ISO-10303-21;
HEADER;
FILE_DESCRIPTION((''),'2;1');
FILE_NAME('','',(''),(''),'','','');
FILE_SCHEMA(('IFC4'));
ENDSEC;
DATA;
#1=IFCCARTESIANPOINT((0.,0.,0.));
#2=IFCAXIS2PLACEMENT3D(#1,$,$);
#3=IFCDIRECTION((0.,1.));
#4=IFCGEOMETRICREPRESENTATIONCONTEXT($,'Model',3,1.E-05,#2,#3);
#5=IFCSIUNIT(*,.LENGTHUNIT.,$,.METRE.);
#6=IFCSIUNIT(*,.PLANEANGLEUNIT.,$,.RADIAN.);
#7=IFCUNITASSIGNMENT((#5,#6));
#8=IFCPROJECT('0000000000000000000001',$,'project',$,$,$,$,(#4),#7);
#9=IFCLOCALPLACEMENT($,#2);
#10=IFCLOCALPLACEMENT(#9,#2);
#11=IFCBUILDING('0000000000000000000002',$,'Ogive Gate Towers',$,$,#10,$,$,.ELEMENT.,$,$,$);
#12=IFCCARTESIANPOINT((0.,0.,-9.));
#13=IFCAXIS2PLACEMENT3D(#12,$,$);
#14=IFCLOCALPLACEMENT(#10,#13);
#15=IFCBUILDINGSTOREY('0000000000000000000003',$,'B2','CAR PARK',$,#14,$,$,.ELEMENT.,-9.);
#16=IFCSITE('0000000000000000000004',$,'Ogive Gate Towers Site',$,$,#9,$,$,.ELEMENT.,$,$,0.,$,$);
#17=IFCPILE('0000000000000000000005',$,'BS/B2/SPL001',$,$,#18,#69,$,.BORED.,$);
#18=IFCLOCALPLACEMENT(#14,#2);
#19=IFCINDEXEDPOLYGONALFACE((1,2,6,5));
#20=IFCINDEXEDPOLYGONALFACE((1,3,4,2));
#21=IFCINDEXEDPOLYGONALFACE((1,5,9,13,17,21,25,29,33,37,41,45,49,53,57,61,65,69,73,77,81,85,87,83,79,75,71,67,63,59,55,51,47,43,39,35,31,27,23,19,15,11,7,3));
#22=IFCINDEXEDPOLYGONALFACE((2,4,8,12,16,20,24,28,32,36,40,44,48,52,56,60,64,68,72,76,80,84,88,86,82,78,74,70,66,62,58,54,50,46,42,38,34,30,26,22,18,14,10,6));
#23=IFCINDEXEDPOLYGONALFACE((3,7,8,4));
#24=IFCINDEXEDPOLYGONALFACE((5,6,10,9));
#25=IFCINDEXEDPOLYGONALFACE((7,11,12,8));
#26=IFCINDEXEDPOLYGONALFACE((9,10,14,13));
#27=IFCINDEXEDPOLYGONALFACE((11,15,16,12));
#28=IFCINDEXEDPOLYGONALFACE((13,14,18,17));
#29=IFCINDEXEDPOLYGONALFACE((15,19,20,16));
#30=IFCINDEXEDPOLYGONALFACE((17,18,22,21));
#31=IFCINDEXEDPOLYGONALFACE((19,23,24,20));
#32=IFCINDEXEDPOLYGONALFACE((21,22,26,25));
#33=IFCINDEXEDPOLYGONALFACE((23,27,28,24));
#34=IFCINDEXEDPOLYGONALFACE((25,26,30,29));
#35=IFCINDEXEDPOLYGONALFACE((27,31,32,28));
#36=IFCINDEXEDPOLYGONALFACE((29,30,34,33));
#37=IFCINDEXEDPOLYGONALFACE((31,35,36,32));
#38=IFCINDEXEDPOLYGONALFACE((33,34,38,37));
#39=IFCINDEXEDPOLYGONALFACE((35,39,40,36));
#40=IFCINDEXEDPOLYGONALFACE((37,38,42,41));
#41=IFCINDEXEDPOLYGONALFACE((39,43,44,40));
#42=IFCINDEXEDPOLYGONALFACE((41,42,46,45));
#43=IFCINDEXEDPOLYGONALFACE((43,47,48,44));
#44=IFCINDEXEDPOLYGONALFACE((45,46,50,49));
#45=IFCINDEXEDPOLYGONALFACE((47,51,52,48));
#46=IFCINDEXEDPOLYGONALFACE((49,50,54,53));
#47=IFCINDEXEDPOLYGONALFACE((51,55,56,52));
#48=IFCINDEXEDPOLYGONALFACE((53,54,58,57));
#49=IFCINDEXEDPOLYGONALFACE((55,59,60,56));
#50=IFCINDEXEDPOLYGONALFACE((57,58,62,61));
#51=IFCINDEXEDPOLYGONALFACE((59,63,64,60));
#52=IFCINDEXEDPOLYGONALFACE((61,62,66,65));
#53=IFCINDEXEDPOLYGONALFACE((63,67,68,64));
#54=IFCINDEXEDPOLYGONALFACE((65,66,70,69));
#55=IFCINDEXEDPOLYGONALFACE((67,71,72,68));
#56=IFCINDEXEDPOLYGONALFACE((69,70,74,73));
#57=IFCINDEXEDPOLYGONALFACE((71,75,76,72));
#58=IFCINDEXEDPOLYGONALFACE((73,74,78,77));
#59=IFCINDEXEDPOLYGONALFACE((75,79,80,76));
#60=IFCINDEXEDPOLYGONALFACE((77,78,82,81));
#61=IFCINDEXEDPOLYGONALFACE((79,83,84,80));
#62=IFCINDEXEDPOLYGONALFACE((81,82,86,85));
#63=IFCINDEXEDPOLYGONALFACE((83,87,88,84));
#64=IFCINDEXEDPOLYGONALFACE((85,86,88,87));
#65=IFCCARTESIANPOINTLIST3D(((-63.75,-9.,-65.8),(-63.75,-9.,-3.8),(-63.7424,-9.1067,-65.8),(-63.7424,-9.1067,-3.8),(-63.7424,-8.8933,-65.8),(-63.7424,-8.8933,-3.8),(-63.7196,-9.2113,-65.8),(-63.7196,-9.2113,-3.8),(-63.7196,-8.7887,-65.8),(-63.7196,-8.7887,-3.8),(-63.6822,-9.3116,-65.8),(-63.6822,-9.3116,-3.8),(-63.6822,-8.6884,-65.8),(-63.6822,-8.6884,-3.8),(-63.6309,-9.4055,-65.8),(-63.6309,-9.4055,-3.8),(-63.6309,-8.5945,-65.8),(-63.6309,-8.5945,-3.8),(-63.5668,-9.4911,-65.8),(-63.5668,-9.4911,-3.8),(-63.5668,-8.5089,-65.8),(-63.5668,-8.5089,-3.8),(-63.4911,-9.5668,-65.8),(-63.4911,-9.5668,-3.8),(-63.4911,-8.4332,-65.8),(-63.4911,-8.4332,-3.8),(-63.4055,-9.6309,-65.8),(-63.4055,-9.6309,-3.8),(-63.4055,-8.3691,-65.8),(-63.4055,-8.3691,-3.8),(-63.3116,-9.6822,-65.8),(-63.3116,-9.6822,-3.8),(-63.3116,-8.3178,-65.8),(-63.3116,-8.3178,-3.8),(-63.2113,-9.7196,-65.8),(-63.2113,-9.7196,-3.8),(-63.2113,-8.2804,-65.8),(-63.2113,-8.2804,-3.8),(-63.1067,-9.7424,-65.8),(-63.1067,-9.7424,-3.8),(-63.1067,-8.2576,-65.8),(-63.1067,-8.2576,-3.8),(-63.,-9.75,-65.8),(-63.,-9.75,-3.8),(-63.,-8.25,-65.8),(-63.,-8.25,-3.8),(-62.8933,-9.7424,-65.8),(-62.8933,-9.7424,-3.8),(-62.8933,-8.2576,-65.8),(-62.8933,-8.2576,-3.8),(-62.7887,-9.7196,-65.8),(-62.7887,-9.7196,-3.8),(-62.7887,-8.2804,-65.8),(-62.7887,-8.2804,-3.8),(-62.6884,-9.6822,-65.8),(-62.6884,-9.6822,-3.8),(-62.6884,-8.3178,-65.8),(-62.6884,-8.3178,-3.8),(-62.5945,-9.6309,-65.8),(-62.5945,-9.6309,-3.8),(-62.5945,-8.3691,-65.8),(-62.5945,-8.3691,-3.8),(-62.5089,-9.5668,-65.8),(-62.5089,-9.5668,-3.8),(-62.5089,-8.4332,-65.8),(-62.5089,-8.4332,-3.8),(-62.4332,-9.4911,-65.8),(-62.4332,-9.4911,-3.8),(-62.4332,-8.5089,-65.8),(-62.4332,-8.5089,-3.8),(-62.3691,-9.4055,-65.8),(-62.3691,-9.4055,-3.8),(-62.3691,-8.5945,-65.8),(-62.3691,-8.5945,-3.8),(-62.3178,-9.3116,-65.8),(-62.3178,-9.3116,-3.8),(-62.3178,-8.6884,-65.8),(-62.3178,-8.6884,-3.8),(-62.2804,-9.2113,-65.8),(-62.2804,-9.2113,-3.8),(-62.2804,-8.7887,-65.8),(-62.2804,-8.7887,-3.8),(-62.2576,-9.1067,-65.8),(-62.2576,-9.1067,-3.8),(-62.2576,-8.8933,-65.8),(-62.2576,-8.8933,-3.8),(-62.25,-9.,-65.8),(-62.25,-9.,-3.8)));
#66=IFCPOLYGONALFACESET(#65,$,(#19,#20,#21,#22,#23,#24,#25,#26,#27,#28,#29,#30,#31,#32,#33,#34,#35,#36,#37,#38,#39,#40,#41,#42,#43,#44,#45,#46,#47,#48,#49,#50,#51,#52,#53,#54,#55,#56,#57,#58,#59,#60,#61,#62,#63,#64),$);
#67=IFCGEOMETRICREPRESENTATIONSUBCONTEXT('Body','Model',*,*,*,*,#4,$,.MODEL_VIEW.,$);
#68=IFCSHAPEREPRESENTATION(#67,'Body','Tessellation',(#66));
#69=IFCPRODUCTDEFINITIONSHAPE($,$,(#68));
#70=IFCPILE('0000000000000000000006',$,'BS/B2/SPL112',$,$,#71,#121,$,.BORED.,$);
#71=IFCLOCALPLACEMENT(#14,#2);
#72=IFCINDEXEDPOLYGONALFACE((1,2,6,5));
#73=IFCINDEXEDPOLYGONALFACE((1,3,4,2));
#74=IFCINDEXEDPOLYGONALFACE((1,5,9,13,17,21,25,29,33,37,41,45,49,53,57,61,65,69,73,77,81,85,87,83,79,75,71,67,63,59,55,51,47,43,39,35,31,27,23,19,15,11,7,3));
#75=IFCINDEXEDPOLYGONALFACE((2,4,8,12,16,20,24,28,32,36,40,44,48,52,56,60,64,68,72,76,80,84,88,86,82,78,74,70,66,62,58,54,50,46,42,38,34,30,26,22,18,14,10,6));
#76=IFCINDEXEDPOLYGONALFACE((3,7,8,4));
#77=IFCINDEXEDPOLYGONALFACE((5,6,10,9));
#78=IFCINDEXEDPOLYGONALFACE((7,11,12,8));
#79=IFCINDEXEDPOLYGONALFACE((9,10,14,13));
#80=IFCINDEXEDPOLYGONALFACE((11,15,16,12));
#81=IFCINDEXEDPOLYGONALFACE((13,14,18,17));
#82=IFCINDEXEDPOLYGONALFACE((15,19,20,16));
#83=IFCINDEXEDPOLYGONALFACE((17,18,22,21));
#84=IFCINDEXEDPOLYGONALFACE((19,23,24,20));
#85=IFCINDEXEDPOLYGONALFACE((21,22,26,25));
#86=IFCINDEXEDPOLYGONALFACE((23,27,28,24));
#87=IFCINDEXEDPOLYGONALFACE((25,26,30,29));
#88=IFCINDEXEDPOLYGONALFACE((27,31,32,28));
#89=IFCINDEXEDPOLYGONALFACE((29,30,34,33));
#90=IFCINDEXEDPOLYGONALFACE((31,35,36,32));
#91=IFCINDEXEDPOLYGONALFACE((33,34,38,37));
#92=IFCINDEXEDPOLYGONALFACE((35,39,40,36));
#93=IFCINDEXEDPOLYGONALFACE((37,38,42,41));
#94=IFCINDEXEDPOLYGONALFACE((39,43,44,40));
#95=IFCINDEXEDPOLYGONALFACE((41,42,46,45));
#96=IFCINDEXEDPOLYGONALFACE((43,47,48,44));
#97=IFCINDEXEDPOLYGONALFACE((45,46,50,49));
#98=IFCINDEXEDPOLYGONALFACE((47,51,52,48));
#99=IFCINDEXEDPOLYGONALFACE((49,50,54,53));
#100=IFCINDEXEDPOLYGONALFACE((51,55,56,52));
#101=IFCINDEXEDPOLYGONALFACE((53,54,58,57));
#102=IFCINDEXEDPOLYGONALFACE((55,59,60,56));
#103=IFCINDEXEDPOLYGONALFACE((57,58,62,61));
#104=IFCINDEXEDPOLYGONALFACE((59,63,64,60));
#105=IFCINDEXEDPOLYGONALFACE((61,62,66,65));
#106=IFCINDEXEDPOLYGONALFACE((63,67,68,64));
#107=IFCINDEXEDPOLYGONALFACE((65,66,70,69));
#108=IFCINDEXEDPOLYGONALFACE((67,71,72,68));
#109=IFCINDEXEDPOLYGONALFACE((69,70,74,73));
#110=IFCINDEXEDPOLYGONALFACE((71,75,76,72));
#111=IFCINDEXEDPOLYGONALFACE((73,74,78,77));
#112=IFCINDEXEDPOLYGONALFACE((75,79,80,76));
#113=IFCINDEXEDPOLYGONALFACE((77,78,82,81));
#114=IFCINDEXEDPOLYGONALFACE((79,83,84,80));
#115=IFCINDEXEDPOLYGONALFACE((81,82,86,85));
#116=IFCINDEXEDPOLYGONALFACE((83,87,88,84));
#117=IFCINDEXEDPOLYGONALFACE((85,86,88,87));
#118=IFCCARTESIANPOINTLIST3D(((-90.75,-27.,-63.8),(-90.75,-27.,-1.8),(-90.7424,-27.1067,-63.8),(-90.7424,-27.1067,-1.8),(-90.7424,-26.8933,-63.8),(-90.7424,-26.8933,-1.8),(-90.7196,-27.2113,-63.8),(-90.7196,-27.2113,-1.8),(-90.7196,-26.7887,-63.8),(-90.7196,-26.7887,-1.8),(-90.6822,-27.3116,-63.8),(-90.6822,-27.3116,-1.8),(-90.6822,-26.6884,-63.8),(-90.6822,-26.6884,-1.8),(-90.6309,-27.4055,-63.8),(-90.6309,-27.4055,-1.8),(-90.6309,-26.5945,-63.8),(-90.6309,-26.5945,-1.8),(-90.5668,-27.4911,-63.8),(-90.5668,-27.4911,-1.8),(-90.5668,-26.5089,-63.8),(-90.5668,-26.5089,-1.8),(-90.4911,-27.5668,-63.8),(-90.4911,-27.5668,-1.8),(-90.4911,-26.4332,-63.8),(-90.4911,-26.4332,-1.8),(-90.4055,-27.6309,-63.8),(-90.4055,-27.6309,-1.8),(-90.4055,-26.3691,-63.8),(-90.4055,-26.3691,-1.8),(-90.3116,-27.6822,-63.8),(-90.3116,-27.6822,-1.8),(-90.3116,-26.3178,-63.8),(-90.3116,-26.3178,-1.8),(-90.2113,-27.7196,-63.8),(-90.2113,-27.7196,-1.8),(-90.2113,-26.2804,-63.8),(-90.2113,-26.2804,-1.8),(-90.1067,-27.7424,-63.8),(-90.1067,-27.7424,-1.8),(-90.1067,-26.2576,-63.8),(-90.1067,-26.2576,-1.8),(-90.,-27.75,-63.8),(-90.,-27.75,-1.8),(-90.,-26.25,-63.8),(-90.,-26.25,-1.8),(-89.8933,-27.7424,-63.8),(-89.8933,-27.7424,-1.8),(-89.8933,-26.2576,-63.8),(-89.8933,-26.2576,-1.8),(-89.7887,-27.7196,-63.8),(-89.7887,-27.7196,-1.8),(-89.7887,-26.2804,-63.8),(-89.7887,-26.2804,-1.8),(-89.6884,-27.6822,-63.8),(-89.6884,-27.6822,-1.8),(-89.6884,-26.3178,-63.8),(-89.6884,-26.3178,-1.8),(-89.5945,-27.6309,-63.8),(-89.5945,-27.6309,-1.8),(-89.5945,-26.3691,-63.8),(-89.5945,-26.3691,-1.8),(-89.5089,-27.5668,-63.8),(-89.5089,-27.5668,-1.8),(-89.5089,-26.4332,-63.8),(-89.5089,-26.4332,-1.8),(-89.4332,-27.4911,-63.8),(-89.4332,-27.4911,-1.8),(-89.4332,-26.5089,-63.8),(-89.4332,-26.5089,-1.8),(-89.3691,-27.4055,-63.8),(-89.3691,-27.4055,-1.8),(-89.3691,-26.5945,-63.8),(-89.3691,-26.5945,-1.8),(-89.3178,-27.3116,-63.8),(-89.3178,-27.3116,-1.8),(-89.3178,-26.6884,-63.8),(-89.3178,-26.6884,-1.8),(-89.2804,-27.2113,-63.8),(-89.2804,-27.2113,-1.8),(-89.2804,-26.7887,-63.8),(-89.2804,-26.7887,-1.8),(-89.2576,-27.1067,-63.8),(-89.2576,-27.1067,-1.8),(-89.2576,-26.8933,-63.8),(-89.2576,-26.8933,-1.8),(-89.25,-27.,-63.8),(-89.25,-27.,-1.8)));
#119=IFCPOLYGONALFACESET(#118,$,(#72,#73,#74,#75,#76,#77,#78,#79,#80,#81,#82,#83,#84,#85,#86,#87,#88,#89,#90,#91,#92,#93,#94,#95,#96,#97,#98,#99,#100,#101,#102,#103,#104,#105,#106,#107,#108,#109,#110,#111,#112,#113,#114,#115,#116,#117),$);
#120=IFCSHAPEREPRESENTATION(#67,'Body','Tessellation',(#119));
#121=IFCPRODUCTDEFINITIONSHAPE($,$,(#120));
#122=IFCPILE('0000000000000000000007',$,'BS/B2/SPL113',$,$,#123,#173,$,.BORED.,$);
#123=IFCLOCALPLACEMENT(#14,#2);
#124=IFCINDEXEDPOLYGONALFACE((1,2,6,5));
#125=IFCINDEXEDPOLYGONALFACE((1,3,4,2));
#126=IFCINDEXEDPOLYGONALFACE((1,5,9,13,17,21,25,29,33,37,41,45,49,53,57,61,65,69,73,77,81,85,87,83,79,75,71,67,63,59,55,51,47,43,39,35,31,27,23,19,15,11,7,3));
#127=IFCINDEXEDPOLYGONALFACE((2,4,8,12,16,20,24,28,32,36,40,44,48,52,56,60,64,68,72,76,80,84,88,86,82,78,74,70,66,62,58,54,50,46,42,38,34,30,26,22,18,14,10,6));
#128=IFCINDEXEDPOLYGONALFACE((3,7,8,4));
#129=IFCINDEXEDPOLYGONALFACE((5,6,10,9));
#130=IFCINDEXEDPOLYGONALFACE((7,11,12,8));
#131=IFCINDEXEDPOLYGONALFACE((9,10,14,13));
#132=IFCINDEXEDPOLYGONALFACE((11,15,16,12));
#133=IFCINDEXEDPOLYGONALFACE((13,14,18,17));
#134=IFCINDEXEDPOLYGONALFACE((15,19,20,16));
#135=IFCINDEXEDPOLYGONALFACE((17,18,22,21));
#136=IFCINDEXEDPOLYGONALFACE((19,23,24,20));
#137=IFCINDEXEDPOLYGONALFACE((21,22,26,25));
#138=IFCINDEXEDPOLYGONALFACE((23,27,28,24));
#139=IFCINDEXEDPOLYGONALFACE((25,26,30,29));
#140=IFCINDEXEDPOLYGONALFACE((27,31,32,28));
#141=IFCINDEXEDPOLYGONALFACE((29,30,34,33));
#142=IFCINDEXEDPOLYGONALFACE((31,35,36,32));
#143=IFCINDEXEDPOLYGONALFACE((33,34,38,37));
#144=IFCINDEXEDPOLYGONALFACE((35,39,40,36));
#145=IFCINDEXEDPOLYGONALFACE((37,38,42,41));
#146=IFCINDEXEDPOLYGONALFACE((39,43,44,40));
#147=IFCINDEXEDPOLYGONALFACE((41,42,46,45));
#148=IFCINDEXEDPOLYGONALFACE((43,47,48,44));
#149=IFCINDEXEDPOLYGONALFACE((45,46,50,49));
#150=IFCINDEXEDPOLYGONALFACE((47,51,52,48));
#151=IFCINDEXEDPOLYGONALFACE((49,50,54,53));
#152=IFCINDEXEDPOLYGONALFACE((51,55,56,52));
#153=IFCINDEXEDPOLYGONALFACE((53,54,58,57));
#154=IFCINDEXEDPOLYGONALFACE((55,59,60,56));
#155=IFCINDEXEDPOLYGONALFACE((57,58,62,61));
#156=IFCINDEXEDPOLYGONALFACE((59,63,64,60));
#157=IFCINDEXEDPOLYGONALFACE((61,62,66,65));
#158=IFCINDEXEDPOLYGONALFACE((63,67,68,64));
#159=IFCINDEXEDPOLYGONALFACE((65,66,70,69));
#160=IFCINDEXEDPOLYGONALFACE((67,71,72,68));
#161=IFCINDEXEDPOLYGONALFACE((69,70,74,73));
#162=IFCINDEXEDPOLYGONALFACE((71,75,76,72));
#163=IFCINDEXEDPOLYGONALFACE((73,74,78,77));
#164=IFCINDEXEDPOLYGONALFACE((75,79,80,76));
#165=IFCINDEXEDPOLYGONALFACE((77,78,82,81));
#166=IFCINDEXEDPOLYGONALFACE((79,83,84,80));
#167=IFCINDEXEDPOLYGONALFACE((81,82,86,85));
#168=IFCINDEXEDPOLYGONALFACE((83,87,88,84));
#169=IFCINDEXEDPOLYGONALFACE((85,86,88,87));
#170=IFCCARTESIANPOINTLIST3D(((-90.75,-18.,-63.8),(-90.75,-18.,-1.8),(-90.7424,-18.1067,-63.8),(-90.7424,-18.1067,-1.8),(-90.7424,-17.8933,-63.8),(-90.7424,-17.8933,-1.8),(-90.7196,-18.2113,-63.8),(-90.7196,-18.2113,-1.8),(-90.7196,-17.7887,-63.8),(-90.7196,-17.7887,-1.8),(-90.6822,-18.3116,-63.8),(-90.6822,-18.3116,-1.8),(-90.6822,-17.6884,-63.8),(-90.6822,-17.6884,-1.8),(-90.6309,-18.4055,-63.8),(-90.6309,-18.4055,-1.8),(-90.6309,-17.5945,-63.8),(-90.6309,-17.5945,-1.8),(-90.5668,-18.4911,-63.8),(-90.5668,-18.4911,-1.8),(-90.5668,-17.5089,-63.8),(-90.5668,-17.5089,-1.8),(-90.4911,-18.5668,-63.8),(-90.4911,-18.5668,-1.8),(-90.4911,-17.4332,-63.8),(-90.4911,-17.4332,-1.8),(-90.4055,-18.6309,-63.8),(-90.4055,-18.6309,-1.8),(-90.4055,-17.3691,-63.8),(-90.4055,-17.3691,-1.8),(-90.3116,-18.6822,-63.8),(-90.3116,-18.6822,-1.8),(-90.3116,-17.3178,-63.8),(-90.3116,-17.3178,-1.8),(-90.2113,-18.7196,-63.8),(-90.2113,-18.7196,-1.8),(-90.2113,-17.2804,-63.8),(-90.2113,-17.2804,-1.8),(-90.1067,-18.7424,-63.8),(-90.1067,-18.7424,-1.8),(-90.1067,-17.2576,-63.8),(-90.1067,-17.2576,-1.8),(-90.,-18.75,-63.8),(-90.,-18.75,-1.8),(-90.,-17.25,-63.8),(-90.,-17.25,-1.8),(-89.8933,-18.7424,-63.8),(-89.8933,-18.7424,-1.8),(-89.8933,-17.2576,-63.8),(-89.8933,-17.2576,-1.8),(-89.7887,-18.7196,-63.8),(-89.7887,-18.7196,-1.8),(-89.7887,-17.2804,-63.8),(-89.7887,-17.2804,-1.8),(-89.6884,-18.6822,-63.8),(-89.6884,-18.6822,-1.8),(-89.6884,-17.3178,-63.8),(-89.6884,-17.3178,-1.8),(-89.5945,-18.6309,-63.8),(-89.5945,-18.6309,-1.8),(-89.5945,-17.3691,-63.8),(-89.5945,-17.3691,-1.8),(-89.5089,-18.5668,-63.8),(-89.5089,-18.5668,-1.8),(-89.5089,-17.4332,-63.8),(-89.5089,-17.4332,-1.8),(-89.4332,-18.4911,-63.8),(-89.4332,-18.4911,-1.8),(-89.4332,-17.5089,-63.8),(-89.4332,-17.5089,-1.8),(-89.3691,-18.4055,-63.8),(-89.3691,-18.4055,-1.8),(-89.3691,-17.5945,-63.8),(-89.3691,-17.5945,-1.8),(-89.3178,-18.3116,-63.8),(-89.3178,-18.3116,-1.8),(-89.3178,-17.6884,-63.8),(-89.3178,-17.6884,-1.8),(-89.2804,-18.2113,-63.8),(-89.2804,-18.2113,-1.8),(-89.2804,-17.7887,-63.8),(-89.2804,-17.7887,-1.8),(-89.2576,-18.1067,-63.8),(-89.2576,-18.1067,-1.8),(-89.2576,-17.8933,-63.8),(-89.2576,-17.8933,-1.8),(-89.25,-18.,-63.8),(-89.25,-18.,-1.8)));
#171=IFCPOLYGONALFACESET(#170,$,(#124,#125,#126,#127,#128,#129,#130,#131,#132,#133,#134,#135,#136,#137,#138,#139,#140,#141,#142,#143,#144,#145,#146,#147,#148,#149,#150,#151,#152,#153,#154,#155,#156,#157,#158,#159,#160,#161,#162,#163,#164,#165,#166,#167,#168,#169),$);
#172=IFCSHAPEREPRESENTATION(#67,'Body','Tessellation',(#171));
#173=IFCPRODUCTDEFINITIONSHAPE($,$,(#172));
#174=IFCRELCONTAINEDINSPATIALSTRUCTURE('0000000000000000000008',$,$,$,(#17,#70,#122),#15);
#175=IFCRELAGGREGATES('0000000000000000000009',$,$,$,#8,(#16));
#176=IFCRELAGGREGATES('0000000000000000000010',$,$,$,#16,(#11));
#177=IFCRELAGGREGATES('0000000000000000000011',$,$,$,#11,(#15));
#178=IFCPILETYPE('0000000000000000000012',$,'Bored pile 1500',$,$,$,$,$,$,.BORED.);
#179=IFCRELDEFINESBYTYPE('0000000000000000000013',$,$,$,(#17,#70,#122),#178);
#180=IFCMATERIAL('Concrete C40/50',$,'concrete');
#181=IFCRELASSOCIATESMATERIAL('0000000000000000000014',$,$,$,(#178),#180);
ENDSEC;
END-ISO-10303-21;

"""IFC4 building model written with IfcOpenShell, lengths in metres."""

from ifc_helpers import new_model, si_unit, direction, frame, origin, origin_2d, place, context, subcontext, project, spatial, circle, extrude, material, material_profile, profile_set, type_object, element, save


model = new_model("IFC4")

# Units and contexts
model_context = context("Model", 3, precision=1e-05, world=origin(), true_north=direction((0.0, 1.0)))
body_context = subcontext(model_context, "Body", "Model", "MODEL_VIEW")
ifc_project = project(units=[si_unit("LENGTHUNIT", "METRE"), si_unit("PLANEANGLEUNIT", "RADIAN")], contexts=[model_context])

# Site, building, storey
site_placement = place(None, origin())
site = spatial("IfcSite", under=ifc_project, at=site_placement, Name="Ogive Gate Towers Site", CompositionType="ELEMENT", RefElevation=0.0)
building_placement = place(site_placement, origin())
building = spatial("IfcBuilding", under=site, at=building_placement, Name="Ogive Gate Towers", CompositionType="ELEMENT")
storey_placement = place(building_placement, frame((0.0, 0.0, -9.0)))
storey = spatial("IfcBuildingStorey", under=building, at=storey_placement, Name="B2", Description="CAR PARK", CompositionType="ELEMENT", Elevation=-9.0)

# Piles
ifc_material_1 = material(Name="Concrete C40/50", Category="concrete")
ifc_material_profile_1 = material_profile(ifc_material_1, circle(Radius=0.75, at=origin_2d()), Name="BP 1500")
ifc_profile_set_1 = profile_set([ifc_material_profile_1], Name="Concrete C40/50")
pile_type_1 = type_object("IfcPileType", Name="Bored pile 1500", PredefinedType="BORED", material=ifc_profile_set_1)
for number, where, z_axis, x_axis, name in (
    (1, (-63.0, -9.0, -3.8), (0.0, 0.0, -1.0), (1.0, 0.0, 0.0), "BS/B2/SPL001"),
    (2, (-90.0, -27.0, -1.8), (0.0, 0.0, -1.0), (1.0, 0.0, 0.0), "BS/B2/SPL112"),
    (3, (-90.0, -18.0, -1.8), (0.0, 0.0, -1.0), (1.0, 0.0, 0.0), "BS/B2/SPL113"),
):
    element("IfcPile", number, at=place(storey_placement, frame(where, z_axis=z_axis, x_axis=x_axis)), inside=storey, type_object=pile_type_1, Name=name, PredefinedType="BORED", context=body_context, shape_type="SweptSolid", body=[
        extrude(circle(Radius=0.75, at=origin_2d()), origin(), (0.0, 0.0, 1.0), 62.0),
    ])

save(model, "model.ifc")
